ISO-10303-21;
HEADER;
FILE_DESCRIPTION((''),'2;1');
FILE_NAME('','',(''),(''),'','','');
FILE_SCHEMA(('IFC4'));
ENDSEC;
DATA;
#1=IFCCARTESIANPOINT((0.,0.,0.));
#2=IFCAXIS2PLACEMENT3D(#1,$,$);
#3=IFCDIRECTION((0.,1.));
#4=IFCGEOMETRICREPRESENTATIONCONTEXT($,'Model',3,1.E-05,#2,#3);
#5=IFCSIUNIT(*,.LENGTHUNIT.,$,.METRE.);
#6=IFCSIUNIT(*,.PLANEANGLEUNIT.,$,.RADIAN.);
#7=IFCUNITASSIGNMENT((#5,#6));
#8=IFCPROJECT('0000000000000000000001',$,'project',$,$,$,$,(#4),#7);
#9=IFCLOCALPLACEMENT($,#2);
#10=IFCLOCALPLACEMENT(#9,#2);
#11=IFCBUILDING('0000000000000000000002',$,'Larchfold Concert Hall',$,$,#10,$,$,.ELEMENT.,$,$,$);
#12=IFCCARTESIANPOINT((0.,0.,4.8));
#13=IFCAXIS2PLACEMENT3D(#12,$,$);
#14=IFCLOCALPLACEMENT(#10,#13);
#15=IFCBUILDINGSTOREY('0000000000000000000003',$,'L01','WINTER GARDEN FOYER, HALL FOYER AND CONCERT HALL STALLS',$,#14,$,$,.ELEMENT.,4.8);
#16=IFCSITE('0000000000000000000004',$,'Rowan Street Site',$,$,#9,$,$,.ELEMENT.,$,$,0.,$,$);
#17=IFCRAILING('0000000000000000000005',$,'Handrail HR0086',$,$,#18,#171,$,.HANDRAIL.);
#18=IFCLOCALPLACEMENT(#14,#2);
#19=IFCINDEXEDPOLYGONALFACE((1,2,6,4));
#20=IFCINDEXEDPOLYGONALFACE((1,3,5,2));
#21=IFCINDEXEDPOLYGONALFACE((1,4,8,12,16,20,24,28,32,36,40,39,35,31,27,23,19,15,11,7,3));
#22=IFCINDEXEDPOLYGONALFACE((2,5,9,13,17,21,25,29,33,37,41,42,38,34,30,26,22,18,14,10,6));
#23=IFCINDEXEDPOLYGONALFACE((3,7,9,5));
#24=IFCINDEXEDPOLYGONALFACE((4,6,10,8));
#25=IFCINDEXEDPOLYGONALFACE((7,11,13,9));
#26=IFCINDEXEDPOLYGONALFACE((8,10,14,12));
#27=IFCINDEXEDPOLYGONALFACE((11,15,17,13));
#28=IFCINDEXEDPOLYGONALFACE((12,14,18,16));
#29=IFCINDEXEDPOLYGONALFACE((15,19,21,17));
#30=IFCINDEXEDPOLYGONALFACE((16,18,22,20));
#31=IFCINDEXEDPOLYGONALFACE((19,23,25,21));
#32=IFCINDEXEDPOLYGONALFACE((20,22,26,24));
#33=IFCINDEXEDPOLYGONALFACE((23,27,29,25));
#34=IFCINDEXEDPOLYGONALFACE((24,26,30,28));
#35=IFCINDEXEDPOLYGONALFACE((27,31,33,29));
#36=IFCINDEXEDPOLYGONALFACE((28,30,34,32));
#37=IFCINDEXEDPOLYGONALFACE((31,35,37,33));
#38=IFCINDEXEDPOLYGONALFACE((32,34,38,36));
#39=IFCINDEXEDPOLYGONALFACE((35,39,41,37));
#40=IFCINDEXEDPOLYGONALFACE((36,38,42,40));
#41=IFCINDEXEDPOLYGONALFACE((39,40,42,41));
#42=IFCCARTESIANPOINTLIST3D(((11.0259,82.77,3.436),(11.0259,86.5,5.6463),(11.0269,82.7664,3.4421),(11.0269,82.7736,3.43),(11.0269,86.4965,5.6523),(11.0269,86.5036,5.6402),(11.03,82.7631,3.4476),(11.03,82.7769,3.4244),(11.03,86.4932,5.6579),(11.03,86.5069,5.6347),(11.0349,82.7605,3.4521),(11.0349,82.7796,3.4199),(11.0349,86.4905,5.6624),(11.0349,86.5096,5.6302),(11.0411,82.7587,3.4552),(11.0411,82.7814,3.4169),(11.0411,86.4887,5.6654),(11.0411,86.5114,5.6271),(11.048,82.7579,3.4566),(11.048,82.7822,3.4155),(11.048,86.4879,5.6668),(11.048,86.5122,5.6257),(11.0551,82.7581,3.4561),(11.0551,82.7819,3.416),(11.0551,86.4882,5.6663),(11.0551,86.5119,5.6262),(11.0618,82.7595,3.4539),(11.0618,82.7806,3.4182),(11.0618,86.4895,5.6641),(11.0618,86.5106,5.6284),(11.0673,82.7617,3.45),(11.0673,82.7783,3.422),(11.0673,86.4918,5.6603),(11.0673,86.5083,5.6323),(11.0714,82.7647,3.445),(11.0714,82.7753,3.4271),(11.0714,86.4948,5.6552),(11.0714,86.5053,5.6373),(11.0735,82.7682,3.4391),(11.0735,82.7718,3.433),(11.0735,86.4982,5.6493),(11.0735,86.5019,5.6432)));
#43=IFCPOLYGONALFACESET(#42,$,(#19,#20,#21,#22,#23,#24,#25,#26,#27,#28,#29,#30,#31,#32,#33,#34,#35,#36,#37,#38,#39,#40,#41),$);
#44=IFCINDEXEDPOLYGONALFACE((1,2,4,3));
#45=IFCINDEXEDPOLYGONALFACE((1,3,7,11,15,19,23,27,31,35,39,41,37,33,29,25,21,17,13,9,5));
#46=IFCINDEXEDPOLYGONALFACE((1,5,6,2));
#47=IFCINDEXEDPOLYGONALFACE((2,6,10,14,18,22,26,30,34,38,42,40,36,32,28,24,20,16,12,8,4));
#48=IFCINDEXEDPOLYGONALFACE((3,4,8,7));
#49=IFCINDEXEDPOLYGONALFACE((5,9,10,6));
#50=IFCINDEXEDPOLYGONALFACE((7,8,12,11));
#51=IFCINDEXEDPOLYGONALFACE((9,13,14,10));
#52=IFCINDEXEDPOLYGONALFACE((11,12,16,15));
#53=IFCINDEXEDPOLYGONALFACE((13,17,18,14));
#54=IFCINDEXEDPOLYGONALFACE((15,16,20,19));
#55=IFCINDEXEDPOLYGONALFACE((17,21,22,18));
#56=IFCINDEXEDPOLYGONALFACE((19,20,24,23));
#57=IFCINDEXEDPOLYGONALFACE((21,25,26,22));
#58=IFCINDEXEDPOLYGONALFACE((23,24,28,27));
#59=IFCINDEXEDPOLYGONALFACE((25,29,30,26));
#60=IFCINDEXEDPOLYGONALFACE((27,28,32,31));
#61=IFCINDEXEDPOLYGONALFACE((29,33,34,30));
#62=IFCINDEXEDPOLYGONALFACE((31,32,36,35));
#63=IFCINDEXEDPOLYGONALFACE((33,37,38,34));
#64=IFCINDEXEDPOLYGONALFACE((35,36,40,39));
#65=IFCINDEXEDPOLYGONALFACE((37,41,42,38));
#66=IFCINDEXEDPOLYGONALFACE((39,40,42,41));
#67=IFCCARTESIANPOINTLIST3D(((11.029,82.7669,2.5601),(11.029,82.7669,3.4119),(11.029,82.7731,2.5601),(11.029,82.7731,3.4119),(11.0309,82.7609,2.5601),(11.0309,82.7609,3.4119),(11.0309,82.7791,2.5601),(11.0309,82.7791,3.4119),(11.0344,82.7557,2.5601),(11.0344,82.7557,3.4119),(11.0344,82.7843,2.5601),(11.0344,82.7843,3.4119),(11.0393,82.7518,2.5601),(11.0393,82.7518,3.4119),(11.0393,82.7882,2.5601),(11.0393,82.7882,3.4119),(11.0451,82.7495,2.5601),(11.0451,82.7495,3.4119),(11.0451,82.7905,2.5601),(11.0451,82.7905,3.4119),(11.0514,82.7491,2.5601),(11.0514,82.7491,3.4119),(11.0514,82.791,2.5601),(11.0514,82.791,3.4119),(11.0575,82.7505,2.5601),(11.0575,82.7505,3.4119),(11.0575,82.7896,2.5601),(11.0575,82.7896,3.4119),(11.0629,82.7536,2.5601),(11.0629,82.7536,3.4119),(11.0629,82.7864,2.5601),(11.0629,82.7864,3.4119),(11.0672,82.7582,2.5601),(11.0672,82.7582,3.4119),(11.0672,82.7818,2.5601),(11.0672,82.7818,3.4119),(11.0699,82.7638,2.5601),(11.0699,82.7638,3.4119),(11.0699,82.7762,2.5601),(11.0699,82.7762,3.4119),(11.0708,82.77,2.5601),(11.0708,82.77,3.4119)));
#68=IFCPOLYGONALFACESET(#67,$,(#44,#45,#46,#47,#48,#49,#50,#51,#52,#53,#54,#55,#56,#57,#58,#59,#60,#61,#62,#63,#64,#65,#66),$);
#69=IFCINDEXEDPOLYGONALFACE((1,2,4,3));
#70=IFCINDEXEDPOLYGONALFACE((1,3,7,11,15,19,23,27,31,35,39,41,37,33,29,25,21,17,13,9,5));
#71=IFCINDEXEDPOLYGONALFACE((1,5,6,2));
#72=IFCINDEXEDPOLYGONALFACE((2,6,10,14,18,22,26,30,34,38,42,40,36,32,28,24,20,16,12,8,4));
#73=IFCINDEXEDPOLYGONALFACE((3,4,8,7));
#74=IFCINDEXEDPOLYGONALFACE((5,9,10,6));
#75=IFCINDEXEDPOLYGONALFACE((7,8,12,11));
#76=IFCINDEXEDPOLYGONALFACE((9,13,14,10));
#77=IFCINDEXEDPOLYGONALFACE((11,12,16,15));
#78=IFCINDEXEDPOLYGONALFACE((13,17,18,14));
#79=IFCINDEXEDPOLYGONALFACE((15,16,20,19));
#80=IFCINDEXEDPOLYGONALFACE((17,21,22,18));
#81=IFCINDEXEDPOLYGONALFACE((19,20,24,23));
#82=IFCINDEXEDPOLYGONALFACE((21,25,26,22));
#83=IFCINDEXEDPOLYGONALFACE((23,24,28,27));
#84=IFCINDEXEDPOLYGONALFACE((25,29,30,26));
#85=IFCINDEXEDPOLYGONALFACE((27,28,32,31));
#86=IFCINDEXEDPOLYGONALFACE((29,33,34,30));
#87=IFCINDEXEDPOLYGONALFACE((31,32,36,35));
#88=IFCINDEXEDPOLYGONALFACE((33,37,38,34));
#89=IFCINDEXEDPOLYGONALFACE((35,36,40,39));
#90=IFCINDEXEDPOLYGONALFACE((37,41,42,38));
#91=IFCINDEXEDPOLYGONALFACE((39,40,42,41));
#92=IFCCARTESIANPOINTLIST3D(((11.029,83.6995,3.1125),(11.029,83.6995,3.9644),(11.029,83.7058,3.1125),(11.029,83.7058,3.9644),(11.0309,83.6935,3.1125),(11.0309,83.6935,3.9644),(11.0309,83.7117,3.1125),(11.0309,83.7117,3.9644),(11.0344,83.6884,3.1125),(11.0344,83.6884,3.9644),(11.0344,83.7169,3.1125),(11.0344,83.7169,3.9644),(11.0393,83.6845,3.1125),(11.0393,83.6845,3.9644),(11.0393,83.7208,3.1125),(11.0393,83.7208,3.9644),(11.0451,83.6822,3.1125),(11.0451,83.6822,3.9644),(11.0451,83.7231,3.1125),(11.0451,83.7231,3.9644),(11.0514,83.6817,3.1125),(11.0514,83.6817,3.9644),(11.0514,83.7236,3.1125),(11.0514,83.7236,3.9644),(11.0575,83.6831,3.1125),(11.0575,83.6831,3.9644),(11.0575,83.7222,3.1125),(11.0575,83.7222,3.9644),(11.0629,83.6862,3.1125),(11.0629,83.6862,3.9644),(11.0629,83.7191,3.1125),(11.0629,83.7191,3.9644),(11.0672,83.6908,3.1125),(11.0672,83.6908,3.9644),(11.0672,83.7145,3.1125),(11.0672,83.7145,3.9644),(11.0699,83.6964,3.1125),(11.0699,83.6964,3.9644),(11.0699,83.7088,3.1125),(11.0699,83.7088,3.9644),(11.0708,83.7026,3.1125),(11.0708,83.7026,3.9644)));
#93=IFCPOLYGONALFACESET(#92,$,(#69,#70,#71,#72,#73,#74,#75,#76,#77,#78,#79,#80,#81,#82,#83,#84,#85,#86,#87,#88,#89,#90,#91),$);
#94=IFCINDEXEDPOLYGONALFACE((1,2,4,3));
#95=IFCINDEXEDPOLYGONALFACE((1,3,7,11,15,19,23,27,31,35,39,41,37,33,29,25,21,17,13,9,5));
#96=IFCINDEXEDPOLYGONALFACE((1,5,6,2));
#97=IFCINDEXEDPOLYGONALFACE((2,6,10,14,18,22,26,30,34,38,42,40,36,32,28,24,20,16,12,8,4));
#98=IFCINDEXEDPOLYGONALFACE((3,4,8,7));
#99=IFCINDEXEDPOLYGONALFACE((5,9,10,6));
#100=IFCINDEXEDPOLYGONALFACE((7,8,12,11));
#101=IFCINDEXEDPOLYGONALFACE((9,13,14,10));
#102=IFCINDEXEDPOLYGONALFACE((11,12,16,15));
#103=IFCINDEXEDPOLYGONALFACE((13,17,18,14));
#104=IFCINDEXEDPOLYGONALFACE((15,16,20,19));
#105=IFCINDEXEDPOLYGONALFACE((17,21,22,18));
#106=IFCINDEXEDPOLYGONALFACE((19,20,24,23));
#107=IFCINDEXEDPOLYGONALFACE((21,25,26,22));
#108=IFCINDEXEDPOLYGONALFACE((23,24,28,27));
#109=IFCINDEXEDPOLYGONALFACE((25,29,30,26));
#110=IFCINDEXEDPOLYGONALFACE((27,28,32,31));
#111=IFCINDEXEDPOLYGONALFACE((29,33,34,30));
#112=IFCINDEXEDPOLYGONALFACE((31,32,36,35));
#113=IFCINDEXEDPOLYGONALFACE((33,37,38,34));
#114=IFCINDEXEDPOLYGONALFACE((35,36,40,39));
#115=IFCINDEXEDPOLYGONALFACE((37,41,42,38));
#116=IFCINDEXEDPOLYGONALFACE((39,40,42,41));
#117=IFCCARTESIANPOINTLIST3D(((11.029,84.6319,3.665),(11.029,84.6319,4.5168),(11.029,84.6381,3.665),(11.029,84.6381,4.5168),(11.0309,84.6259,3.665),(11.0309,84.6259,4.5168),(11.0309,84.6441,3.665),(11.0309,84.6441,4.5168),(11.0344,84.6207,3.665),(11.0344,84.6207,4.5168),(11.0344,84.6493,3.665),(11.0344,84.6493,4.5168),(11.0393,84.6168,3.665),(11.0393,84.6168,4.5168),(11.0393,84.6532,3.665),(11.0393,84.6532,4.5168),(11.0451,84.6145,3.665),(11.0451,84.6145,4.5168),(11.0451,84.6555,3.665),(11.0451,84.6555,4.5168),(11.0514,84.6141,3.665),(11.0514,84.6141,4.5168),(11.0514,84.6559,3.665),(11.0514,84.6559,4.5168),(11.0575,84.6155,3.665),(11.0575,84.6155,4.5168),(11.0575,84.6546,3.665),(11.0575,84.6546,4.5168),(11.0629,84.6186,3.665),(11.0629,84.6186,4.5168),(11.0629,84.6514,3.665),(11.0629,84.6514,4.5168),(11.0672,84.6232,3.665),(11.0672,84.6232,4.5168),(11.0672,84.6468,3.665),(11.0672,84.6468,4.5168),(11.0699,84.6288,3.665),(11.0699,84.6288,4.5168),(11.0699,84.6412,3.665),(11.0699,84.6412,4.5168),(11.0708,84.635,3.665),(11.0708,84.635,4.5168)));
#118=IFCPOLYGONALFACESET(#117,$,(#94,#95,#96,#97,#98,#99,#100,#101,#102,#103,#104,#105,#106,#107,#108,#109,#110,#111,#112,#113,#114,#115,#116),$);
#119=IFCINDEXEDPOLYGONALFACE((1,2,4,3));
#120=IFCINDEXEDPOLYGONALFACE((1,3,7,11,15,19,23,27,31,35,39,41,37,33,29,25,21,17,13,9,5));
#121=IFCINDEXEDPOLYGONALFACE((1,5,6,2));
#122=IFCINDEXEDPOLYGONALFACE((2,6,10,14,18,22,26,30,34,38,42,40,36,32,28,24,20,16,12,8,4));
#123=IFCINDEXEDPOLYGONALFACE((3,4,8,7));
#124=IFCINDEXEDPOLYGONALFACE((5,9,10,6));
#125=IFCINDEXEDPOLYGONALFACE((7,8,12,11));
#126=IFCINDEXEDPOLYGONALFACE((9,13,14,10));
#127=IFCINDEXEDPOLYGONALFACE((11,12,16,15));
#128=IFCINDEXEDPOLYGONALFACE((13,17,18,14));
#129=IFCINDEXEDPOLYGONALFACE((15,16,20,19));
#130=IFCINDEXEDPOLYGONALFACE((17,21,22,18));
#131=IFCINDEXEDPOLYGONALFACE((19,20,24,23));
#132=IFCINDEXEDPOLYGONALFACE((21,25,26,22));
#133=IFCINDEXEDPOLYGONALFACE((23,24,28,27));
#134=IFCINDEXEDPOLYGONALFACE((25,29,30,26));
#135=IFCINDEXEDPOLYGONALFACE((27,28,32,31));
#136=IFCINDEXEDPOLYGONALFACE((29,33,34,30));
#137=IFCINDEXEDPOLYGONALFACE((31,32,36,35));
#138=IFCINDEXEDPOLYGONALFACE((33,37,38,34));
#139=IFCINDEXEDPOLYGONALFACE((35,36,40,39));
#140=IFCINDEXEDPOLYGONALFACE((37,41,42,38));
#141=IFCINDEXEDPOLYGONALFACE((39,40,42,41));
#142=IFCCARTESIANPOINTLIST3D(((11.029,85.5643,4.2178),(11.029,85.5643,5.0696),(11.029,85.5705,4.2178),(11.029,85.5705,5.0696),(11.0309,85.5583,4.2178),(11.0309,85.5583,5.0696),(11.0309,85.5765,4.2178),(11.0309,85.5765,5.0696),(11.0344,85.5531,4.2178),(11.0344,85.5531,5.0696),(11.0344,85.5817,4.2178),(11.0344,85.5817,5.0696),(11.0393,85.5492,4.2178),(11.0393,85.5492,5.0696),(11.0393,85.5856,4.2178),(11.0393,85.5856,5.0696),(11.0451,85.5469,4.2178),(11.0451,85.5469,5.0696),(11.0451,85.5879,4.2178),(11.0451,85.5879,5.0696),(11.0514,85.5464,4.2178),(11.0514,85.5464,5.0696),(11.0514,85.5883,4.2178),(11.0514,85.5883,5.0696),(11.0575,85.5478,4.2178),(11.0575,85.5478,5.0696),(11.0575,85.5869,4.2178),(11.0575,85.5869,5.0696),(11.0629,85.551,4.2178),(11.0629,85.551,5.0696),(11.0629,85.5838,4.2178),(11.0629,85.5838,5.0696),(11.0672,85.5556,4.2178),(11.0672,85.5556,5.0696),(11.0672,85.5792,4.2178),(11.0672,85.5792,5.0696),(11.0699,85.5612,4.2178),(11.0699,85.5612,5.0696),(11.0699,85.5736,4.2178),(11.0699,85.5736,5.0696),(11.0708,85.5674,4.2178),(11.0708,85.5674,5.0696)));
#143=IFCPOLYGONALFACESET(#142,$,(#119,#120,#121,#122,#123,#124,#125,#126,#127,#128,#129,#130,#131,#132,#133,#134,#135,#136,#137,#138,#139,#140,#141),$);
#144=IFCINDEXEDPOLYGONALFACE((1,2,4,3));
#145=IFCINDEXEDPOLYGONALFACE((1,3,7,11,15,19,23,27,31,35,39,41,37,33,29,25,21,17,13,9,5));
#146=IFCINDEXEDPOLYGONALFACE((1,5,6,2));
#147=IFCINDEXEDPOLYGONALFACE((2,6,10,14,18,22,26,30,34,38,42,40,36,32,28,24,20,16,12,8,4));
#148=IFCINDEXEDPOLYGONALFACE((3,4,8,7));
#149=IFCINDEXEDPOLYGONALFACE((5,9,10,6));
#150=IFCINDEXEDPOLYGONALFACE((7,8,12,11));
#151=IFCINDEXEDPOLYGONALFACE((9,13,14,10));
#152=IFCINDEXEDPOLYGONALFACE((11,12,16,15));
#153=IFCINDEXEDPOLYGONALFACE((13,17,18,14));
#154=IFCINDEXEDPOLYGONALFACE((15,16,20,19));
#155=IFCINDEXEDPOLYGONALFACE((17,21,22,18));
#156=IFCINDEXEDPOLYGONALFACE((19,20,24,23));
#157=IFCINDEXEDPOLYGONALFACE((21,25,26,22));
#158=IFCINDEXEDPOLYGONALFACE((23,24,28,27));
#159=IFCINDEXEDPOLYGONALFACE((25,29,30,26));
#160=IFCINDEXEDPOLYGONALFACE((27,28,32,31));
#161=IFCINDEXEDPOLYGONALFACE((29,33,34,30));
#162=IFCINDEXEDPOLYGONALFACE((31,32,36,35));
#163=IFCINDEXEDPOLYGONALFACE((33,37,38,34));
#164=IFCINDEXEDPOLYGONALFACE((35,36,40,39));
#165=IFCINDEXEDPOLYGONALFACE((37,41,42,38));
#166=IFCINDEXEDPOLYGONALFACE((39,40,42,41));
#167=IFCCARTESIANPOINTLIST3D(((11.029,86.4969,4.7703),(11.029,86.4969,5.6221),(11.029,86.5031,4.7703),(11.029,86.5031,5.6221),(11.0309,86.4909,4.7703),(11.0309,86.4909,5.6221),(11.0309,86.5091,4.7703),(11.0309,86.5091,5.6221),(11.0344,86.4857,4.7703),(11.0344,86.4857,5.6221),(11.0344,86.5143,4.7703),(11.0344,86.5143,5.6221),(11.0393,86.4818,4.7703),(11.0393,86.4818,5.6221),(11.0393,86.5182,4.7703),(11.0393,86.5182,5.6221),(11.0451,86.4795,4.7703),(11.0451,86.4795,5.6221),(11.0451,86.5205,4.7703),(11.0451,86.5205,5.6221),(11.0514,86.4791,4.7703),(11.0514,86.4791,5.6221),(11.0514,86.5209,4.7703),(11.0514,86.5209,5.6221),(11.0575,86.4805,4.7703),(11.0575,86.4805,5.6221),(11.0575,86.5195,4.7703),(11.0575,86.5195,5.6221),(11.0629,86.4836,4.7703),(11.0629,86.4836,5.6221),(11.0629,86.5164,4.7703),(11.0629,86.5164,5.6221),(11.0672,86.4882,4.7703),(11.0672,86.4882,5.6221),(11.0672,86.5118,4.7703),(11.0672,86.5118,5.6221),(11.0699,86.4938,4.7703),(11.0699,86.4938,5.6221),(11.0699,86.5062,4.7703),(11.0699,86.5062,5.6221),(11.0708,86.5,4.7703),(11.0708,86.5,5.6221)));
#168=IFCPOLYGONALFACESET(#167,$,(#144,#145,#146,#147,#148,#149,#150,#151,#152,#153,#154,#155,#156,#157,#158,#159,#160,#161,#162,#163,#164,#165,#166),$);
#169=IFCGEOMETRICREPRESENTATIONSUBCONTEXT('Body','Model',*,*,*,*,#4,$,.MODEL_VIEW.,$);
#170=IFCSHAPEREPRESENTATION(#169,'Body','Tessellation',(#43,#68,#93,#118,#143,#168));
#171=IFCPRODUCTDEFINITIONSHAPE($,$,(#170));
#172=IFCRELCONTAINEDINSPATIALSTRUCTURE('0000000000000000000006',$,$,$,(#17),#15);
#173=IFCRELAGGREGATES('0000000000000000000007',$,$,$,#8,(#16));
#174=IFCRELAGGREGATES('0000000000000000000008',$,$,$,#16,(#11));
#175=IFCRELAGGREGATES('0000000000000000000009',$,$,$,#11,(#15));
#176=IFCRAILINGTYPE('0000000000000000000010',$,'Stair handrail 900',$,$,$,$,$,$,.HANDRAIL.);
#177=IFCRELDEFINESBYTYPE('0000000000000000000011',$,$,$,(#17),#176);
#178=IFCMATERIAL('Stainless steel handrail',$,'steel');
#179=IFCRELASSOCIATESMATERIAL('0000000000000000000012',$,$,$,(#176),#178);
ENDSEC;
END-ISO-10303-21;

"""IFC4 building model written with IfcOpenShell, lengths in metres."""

from ifc_helpers import new_model, si_unit, direction, frame, origin, origin_2d, place, context, subcontext, project, spatial, circle, extrude, material, type_object, element, save


model = new_model("IFC4")

# Units and contexts
model_context = context("Model", 3, precision=1e-05, world=origin(), true_north=direction((0.0, 1.0)))
body_context = subcontext(model_context, "Body", "Model", "MODEL_VIEW")
ifc_project = project(units=[si_unit("LENGTHUNIT", "METRE"), si_unit("PLANEANGLEUNIT", "RADIAN")], contexts=[model_context])

# Site, building, storey
site_placement = place(None, origin())
site = spatial("IfcSite", under=ifc_project, at=site_placement, Name="Rowan Street Site", CompositionType="ELEMENT", RefElevation=0.0)
building_placement = place(site_placement, origin())
building = spatial("IfcBuilding", under=site, at=building_placement, Name="Larchfold Concert Hall", CompositionType="ELEMENT")
storey_placement = place(building_placement, frame((0.0, 0.0, 4.8)))
storey = spatial("IfcBuildingStorey", under=building, at=storey_placement, Name="L01", Description="WINTER GARDEN FOYER, HALL FOYER AND CONCERT HALL STALLS", CompositionType="ELEMENT", Elevation=4.8)

# Railing
ifc_material_1 = material(Name="Stainless steel handrail", Category="steel")
railing_type = type_object("IfcRailingType", Name="Stair handrail 900", PredefinedType="HANDRAIL", material=ifc_material_1)
railing_placement = place(storey_placement, frame((11.0498, 82.77, 2.5601)))
element("IfcRailing", 1, at=railing_placement, inside=storey, type_object=railing_type, Name="Handrail HR0086", PredefinedType="HANDRAIL", context=body_context, shape_type="SweptSolid", body=[
    extrude(circle(Radius=0.0239, at=origin_2d()), frame((0.0, 0.0, 0.876), z_axis=(0.0, 0.860307, 0.509776), x_axis=(-1.0, 0.0, 0.0)), (0.0, 0.0, 1.0), 4.3357),
    extrude(circle(Radius=0.021, at=origin_2d()), origin(), (0.0, 0.0, 1.0), 0.8518),
    extrude(circle(Radius=0.021, at=origin_2d()), frame((0.0, 0.9326, 0.5525)), (0.0, 0.0, 1.0), 0.8518),
    extrude(circle(Radius=0.021, at=origin_2d()), frame((0.0, 1.865, 1.105)), (0.0, 0.0, 1.0), 0.8518),
    extrude(circle(Radius=0.021, at=origin_2d()), frame((0.0, 2.7974, 1.6577)), (0.0, 0.0, 1.0), 0.8518),
    extrude(circle(Radius=0.021, at=origin_2d()), frame((0.0, 3.73, 2.2102)), (0.0, 0.0, 1.0), 0.8518),
])

save(model, "model.ifc")
